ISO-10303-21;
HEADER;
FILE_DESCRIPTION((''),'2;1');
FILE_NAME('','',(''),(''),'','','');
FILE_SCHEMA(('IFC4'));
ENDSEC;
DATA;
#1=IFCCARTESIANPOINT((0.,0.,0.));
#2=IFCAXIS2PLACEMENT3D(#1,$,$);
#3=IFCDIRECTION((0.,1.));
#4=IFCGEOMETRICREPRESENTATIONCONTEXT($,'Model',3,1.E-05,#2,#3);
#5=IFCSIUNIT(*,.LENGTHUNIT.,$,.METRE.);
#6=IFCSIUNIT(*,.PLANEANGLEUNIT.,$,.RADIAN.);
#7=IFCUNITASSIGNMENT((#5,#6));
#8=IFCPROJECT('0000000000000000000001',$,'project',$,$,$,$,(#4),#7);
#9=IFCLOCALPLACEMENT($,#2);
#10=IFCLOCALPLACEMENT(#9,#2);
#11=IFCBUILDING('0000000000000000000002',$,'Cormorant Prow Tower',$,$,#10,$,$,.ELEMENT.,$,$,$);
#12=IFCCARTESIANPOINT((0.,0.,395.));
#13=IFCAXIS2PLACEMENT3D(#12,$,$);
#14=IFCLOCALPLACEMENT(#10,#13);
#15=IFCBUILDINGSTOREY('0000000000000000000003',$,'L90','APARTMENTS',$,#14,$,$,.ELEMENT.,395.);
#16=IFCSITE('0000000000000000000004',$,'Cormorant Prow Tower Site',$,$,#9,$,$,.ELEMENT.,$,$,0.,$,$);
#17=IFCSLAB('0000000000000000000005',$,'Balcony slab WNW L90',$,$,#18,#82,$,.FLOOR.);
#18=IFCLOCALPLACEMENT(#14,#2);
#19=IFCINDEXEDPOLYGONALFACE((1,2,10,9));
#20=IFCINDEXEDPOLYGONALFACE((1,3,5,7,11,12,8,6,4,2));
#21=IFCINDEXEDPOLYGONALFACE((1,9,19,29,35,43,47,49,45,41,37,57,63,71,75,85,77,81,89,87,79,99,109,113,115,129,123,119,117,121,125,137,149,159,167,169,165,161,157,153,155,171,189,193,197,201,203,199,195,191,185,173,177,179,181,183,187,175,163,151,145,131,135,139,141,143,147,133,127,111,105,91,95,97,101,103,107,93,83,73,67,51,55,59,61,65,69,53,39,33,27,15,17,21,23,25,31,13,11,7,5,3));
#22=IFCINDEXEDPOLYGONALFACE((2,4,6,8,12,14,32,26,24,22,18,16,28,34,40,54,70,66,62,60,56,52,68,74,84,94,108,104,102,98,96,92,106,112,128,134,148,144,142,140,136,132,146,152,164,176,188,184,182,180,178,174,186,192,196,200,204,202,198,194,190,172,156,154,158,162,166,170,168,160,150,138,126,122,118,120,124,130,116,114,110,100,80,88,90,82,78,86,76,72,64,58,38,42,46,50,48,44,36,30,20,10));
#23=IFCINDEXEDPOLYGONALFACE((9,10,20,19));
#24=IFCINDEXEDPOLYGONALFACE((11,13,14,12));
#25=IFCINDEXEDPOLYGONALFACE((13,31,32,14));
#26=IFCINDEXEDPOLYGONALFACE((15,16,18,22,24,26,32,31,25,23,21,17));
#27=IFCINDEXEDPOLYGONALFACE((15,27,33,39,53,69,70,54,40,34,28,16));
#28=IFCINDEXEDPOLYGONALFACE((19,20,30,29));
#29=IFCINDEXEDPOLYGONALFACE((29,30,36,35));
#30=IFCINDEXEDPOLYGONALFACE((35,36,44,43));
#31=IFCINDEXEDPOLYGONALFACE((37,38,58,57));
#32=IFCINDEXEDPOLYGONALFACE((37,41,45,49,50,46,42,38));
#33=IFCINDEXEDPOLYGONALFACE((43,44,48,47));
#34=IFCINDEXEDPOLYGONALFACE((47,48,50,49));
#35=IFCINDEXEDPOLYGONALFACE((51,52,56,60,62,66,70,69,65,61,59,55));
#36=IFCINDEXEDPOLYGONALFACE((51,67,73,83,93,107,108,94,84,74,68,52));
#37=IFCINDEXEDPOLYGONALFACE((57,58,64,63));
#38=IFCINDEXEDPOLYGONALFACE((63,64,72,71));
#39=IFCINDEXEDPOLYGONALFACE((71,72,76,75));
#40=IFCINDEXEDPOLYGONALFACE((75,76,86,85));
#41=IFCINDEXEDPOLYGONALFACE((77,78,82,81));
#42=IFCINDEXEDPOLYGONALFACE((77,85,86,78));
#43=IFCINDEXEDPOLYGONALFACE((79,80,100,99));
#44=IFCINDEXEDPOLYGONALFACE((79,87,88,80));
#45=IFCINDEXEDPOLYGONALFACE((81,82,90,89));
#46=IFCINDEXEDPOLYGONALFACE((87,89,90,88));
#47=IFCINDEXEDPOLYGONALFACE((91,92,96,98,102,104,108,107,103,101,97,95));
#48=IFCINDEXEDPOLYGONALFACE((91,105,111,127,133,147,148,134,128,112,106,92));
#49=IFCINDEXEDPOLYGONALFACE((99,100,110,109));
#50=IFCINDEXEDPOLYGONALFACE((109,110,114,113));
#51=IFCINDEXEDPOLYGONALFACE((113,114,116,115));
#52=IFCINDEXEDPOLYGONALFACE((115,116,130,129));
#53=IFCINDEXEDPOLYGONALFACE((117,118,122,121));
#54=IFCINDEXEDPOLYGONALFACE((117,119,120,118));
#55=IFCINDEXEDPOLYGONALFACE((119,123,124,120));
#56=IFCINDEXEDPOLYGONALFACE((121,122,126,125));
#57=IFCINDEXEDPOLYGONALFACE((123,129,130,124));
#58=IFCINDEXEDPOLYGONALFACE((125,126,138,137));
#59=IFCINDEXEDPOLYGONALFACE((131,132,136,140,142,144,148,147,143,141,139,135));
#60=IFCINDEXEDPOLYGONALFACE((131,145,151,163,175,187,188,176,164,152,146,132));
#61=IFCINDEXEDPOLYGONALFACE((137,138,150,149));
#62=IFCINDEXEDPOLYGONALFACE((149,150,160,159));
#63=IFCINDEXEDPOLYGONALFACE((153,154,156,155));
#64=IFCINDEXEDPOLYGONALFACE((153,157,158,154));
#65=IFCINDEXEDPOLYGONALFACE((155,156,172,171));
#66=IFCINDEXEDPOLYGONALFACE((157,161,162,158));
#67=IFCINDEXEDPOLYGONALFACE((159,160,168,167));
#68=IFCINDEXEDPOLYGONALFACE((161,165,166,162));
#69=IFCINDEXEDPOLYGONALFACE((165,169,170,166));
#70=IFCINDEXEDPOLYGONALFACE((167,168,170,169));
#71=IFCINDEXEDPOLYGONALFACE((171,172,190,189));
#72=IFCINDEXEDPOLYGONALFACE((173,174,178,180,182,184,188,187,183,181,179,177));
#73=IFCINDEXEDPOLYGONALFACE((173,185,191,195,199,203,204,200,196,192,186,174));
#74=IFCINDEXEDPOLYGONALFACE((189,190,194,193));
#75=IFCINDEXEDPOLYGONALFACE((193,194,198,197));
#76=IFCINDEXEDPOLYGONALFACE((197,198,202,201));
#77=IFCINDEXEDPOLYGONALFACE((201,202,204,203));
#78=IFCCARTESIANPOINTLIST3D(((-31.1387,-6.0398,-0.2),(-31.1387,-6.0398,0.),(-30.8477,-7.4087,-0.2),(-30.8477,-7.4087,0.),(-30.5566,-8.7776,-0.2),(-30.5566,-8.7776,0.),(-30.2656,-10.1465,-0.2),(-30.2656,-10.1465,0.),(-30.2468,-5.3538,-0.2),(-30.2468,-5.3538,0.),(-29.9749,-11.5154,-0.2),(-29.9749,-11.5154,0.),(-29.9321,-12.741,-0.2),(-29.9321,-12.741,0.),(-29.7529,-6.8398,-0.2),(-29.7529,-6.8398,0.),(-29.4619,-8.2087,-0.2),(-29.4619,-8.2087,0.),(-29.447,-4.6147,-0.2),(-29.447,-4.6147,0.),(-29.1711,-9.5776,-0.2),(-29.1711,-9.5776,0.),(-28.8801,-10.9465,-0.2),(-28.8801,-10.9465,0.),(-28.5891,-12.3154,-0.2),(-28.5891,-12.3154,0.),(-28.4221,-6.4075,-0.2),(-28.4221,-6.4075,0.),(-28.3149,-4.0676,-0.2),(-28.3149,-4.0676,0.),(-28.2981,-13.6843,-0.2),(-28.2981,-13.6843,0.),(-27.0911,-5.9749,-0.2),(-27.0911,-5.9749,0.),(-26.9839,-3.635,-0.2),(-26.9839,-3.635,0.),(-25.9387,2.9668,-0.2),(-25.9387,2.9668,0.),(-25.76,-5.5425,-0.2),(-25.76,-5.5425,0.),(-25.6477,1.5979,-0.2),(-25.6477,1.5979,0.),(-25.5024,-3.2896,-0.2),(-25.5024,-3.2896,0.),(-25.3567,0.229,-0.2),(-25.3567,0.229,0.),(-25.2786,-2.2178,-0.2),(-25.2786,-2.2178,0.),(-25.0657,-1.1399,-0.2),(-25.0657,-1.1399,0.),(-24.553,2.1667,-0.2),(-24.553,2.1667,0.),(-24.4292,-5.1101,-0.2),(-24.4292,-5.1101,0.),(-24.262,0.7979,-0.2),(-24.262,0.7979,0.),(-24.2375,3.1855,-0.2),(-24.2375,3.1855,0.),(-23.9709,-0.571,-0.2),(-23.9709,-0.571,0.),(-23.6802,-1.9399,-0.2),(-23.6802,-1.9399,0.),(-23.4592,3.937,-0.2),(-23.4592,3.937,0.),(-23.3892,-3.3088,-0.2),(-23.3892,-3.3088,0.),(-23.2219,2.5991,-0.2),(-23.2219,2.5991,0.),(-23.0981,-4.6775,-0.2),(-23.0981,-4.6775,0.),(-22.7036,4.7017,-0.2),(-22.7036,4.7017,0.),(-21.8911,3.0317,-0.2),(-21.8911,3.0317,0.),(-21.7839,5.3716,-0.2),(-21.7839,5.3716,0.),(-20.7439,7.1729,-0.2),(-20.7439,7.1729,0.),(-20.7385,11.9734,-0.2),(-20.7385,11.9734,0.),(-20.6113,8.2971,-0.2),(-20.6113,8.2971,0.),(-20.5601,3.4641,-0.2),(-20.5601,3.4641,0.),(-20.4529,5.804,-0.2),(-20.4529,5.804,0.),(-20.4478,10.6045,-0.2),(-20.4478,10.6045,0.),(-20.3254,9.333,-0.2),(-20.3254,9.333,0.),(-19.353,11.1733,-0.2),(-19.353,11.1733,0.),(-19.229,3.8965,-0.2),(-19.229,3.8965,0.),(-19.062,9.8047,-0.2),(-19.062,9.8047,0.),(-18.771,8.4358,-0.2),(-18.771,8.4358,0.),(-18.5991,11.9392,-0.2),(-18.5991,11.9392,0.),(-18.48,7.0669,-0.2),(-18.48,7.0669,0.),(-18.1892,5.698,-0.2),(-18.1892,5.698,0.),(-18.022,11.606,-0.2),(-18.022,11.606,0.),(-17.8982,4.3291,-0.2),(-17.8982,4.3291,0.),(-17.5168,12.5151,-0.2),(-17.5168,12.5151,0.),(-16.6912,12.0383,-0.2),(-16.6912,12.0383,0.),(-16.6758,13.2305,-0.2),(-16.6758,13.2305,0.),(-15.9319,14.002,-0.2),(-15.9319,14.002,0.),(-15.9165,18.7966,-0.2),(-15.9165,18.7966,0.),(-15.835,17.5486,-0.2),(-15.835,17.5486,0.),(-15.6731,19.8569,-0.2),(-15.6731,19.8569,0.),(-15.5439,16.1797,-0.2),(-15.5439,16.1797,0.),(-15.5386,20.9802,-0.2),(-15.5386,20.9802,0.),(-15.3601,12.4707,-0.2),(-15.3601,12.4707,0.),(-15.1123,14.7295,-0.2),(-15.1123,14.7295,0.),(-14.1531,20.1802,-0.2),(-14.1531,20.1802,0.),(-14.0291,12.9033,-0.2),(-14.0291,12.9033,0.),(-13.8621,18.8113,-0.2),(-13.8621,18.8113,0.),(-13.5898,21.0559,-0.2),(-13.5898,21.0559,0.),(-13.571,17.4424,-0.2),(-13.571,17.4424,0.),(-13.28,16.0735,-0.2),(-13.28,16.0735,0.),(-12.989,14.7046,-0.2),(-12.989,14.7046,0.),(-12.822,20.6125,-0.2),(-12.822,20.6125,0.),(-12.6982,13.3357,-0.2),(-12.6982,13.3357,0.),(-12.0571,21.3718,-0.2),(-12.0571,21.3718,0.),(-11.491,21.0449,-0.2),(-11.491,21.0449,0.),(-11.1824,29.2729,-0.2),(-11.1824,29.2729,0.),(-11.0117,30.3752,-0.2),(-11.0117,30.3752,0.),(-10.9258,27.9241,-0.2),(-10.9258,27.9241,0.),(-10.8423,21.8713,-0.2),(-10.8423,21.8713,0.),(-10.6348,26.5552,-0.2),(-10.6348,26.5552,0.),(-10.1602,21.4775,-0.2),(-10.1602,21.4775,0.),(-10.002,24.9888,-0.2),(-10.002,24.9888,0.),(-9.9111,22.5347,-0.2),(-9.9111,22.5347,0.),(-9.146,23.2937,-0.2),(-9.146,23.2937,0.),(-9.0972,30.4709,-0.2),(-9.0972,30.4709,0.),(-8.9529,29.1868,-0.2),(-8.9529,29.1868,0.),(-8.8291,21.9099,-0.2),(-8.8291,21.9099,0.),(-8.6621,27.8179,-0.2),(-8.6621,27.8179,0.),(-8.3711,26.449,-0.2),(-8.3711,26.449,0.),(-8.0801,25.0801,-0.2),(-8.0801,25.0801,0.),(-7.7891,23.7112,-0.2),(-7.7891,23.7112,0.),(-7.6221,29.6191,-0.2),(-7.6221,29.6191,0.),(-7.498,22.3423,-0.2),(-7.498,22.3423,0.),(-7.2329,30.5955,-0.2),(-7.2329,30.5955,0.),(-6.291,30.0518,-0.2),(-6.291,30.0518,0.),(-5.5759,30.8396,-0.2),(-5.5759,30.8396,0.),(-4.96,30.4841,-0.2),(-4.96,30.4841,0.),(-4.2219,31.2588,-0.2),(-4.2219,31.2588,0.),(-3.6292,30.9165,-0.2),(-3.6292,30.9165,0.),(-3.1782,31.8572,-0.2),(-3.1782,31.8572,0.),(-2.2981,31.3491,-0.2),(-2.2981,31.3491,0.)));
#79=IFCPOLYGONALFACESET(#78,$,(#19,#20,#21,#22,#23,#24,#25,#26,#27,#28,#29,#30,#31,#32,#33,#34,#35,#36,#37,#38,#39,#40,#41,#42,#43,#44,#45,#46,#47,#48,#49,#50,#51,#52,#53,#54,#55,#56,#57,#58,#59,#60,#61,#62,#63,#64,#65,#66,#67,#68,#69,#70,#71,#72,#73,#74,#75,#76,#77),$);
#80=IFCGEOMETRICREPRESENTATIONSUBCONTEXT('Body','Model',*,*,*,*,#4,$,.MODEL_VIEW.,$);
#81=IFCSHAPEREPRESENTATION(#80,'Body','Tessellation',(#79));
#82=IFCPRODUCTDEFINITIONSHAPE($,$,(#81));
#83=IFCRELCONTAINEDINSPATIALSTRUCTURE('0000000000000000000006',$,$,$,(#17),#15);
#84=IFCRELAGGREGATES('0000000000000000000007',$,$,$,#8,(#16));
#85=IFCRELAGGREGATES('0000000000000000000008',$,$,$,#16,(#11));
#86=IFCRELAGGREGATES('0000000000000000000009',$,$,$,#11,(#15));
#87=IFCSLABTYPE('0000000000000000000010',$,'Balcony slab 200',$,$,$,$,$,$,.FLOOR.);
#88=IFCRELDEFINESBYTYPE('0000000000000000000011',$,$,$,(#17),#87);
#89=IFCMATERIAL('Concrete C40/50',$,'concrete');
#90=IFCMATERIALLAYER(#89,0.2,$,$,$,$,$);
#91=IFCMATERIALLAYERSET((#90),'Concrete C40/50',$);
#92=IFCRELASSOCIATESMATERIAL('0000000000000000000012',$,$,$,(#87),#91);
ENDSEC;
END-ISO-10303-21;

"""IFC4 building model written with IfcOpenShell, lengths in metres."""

from ifc_helpers import new_model, si_unit, direction, frame, origin, place, context, subcontext, project, spatial, polyline, outline, extrude, material, layer, layer_set, type_object, element, save


model = new_model("IFC4")

# Units and contexts
model_context = context("Model", 3, precision=1e-05, world=origin(), true_north=direction((0.0, 1.0)))
body_context = subcontext(model_context, "Body", "Model", "MODEL_VIEW")
ifc_project = project(units=[si_unit("LENGTHUNIT", "METRE"), si_unit("PLANEANGLEUNIT", "RADIAN")], contexts=[model_context])

# Site, building, storey
site_placement = place(None, origin())
site = spatial("IfcSite", under=ifc_project, at=site_placement, Name="Cormorant Prow Tower Site", CompositionType="ELEMENT", RefElevation=0.0)
building_placement = place(site_placement, origin())
building = spatial("IfcBuilding", under=site, at=building_placement, Name="Cormorant Prow Tower", CompositionType="ELEMENT")
storey_placement = place(building_placement, frame((0.0, 0.0, 395.0)))
storey = spatial("IfcBuildingStorey", under=building, at=storey_placement, Name="L90", Description="APARTMENTS", CompositionType="ELEMENT", Elevation=395.0)

# Slab
ifc_material_1 = material(Name="Concrete C40/50", Category="concrete")
ifc_layer_1 = layer(ifc_material_1, 0.2)
ifc_layer_set_1 = layer_set([ifc_layer_1], Name="Concrete C40/50")
slab_type_1 = type_object("IfcSlabType", Name="Balcony slab 200", PredefinedType="FLOOR", material=ifc_layer_set_1)
slab_1_placement = place(storey_placement, frame((0.0, 0.0, -0.2)))
element("IfcSlab", 1, at=slab_1_placement, inside=storey, type_object=slab_type_1, Name="Balcony slab WNW L90", PredefinedType="FLOOR", context=body_context, shape_type="SweptSolid", body=[
    extrude(outline(polyline([(-2.2981, 31.3491), (-3.1782, 31.8572), (-4.2219, 31.2588), (-5.5759, 30.8396), (-7.2329, 30.5955), (-9.0972, 30.4709), (-11.0117, 30.3752), (-11.1824, 29.2729), (-10.9258, 27.9241), (-10.6348, 26.5552), (-10.002, 24.9888), (-9.146, 23.2937), (-9.9111, 22.5347), (-10.8423, 21.8713), (-12.0571, 21.3718), (-13.5898, 21.0559), (-15.5386, 20.9802), (-15.6731, 19.8569), (-15.9165, 18.7966), (-15.835, 17.5486), (-15.5439, 16.1797), (-15.1123, 14.7295), (-15.9319, 14.002), (-16.6758, 13.2305), (-17.5168, 12.5151), (-18.5991, 11.9392), (-20.7385, 11.9734), (-20.4478, 10.6045), (-20.3254, 9.333), (-20.6113, 8.2971), (-20.7439, 7.1729), (-20.4529, 5.804), (-21.7839, 5.3716), (-22.7036, 4.7017), (-23.4592, 3.937), (-24.2375, 3.1855), (-25.9387, 2.9668), (-25.6477, 1.5979), (-25.3567, 0.229), (-25.0657, -1.1399), (-25.2786, -2.2178), (-25.5024, -3.2896), (-26.9839, -3.635), (-28.3149, -4.0676), (-29.447, -4.6147), (-30.2468, -5.3538), (-31.1387, -6.0398), (-30.8477, -7.4087), (-30.5566, -8.7776), (-30.2656, -10.1465), (-29.9749, -11.5154), (-29.9321, -12.741), (-28.2981, -13.6843), (-28.5891, -12.3154), (-28.8801, -10.9465), (-29.1711, -9.5776), (-29.4619, -8.2087), (-29.7529, -6.8398), (-28.4221, -6.4075), (-27.0911, -5.9749), (-25.76, -5.5425), (-24.4292, -5.1101), (-23.0981, -4.6775), (-23.3892, -3.3088), (-23.6802, -1.9399), (-23.9709, -0.571), (-24.262, 0.7979), (-24.553, 2.1667), (-23.2219, 2.5991), (-21.8911, 3.0317), (-20.5601, 3.4641), (-19.229, 3.8965), (-17.8982, 4.3291), (-18.1892, 5.698), (-18.48, 7.0669), (-18.771, 8.4358), (-19.062, 9.8047), (-19.353, 11.1733), (-18.022, 11.606), (-16.6912, 12.0383), (-15.3601, 12.4707), (-14.0291, 12.9033), (-12.6982, 13.3357), (-12.989, 14.7046), (-13.28, 16.0735), (-13.571, 17.4424), (-13.8621, 18.8113), (-14.1531, 20.1802), (-12.822, 20.6125), (-11.491, 21.0449), (-10.1602, 21.4775), (-8.8291, 21.9099), (-7.498, 22.3423), (-7.7891, 23.7112), (-8.0801, 25.0801), (-8.3711, 26.449), (-8.6621, 27.8179), (-8.9529, 29.1868), (-7.6221, 29.6191), (-6.291, 30.0518), (-4.96, 30.4841), (-3.6292, 30.9165), (-2.2981, 31.3491)])), origin(), (0.0, 0.0, 1.0), 0.2),
])

save(model, "model.ifc")
